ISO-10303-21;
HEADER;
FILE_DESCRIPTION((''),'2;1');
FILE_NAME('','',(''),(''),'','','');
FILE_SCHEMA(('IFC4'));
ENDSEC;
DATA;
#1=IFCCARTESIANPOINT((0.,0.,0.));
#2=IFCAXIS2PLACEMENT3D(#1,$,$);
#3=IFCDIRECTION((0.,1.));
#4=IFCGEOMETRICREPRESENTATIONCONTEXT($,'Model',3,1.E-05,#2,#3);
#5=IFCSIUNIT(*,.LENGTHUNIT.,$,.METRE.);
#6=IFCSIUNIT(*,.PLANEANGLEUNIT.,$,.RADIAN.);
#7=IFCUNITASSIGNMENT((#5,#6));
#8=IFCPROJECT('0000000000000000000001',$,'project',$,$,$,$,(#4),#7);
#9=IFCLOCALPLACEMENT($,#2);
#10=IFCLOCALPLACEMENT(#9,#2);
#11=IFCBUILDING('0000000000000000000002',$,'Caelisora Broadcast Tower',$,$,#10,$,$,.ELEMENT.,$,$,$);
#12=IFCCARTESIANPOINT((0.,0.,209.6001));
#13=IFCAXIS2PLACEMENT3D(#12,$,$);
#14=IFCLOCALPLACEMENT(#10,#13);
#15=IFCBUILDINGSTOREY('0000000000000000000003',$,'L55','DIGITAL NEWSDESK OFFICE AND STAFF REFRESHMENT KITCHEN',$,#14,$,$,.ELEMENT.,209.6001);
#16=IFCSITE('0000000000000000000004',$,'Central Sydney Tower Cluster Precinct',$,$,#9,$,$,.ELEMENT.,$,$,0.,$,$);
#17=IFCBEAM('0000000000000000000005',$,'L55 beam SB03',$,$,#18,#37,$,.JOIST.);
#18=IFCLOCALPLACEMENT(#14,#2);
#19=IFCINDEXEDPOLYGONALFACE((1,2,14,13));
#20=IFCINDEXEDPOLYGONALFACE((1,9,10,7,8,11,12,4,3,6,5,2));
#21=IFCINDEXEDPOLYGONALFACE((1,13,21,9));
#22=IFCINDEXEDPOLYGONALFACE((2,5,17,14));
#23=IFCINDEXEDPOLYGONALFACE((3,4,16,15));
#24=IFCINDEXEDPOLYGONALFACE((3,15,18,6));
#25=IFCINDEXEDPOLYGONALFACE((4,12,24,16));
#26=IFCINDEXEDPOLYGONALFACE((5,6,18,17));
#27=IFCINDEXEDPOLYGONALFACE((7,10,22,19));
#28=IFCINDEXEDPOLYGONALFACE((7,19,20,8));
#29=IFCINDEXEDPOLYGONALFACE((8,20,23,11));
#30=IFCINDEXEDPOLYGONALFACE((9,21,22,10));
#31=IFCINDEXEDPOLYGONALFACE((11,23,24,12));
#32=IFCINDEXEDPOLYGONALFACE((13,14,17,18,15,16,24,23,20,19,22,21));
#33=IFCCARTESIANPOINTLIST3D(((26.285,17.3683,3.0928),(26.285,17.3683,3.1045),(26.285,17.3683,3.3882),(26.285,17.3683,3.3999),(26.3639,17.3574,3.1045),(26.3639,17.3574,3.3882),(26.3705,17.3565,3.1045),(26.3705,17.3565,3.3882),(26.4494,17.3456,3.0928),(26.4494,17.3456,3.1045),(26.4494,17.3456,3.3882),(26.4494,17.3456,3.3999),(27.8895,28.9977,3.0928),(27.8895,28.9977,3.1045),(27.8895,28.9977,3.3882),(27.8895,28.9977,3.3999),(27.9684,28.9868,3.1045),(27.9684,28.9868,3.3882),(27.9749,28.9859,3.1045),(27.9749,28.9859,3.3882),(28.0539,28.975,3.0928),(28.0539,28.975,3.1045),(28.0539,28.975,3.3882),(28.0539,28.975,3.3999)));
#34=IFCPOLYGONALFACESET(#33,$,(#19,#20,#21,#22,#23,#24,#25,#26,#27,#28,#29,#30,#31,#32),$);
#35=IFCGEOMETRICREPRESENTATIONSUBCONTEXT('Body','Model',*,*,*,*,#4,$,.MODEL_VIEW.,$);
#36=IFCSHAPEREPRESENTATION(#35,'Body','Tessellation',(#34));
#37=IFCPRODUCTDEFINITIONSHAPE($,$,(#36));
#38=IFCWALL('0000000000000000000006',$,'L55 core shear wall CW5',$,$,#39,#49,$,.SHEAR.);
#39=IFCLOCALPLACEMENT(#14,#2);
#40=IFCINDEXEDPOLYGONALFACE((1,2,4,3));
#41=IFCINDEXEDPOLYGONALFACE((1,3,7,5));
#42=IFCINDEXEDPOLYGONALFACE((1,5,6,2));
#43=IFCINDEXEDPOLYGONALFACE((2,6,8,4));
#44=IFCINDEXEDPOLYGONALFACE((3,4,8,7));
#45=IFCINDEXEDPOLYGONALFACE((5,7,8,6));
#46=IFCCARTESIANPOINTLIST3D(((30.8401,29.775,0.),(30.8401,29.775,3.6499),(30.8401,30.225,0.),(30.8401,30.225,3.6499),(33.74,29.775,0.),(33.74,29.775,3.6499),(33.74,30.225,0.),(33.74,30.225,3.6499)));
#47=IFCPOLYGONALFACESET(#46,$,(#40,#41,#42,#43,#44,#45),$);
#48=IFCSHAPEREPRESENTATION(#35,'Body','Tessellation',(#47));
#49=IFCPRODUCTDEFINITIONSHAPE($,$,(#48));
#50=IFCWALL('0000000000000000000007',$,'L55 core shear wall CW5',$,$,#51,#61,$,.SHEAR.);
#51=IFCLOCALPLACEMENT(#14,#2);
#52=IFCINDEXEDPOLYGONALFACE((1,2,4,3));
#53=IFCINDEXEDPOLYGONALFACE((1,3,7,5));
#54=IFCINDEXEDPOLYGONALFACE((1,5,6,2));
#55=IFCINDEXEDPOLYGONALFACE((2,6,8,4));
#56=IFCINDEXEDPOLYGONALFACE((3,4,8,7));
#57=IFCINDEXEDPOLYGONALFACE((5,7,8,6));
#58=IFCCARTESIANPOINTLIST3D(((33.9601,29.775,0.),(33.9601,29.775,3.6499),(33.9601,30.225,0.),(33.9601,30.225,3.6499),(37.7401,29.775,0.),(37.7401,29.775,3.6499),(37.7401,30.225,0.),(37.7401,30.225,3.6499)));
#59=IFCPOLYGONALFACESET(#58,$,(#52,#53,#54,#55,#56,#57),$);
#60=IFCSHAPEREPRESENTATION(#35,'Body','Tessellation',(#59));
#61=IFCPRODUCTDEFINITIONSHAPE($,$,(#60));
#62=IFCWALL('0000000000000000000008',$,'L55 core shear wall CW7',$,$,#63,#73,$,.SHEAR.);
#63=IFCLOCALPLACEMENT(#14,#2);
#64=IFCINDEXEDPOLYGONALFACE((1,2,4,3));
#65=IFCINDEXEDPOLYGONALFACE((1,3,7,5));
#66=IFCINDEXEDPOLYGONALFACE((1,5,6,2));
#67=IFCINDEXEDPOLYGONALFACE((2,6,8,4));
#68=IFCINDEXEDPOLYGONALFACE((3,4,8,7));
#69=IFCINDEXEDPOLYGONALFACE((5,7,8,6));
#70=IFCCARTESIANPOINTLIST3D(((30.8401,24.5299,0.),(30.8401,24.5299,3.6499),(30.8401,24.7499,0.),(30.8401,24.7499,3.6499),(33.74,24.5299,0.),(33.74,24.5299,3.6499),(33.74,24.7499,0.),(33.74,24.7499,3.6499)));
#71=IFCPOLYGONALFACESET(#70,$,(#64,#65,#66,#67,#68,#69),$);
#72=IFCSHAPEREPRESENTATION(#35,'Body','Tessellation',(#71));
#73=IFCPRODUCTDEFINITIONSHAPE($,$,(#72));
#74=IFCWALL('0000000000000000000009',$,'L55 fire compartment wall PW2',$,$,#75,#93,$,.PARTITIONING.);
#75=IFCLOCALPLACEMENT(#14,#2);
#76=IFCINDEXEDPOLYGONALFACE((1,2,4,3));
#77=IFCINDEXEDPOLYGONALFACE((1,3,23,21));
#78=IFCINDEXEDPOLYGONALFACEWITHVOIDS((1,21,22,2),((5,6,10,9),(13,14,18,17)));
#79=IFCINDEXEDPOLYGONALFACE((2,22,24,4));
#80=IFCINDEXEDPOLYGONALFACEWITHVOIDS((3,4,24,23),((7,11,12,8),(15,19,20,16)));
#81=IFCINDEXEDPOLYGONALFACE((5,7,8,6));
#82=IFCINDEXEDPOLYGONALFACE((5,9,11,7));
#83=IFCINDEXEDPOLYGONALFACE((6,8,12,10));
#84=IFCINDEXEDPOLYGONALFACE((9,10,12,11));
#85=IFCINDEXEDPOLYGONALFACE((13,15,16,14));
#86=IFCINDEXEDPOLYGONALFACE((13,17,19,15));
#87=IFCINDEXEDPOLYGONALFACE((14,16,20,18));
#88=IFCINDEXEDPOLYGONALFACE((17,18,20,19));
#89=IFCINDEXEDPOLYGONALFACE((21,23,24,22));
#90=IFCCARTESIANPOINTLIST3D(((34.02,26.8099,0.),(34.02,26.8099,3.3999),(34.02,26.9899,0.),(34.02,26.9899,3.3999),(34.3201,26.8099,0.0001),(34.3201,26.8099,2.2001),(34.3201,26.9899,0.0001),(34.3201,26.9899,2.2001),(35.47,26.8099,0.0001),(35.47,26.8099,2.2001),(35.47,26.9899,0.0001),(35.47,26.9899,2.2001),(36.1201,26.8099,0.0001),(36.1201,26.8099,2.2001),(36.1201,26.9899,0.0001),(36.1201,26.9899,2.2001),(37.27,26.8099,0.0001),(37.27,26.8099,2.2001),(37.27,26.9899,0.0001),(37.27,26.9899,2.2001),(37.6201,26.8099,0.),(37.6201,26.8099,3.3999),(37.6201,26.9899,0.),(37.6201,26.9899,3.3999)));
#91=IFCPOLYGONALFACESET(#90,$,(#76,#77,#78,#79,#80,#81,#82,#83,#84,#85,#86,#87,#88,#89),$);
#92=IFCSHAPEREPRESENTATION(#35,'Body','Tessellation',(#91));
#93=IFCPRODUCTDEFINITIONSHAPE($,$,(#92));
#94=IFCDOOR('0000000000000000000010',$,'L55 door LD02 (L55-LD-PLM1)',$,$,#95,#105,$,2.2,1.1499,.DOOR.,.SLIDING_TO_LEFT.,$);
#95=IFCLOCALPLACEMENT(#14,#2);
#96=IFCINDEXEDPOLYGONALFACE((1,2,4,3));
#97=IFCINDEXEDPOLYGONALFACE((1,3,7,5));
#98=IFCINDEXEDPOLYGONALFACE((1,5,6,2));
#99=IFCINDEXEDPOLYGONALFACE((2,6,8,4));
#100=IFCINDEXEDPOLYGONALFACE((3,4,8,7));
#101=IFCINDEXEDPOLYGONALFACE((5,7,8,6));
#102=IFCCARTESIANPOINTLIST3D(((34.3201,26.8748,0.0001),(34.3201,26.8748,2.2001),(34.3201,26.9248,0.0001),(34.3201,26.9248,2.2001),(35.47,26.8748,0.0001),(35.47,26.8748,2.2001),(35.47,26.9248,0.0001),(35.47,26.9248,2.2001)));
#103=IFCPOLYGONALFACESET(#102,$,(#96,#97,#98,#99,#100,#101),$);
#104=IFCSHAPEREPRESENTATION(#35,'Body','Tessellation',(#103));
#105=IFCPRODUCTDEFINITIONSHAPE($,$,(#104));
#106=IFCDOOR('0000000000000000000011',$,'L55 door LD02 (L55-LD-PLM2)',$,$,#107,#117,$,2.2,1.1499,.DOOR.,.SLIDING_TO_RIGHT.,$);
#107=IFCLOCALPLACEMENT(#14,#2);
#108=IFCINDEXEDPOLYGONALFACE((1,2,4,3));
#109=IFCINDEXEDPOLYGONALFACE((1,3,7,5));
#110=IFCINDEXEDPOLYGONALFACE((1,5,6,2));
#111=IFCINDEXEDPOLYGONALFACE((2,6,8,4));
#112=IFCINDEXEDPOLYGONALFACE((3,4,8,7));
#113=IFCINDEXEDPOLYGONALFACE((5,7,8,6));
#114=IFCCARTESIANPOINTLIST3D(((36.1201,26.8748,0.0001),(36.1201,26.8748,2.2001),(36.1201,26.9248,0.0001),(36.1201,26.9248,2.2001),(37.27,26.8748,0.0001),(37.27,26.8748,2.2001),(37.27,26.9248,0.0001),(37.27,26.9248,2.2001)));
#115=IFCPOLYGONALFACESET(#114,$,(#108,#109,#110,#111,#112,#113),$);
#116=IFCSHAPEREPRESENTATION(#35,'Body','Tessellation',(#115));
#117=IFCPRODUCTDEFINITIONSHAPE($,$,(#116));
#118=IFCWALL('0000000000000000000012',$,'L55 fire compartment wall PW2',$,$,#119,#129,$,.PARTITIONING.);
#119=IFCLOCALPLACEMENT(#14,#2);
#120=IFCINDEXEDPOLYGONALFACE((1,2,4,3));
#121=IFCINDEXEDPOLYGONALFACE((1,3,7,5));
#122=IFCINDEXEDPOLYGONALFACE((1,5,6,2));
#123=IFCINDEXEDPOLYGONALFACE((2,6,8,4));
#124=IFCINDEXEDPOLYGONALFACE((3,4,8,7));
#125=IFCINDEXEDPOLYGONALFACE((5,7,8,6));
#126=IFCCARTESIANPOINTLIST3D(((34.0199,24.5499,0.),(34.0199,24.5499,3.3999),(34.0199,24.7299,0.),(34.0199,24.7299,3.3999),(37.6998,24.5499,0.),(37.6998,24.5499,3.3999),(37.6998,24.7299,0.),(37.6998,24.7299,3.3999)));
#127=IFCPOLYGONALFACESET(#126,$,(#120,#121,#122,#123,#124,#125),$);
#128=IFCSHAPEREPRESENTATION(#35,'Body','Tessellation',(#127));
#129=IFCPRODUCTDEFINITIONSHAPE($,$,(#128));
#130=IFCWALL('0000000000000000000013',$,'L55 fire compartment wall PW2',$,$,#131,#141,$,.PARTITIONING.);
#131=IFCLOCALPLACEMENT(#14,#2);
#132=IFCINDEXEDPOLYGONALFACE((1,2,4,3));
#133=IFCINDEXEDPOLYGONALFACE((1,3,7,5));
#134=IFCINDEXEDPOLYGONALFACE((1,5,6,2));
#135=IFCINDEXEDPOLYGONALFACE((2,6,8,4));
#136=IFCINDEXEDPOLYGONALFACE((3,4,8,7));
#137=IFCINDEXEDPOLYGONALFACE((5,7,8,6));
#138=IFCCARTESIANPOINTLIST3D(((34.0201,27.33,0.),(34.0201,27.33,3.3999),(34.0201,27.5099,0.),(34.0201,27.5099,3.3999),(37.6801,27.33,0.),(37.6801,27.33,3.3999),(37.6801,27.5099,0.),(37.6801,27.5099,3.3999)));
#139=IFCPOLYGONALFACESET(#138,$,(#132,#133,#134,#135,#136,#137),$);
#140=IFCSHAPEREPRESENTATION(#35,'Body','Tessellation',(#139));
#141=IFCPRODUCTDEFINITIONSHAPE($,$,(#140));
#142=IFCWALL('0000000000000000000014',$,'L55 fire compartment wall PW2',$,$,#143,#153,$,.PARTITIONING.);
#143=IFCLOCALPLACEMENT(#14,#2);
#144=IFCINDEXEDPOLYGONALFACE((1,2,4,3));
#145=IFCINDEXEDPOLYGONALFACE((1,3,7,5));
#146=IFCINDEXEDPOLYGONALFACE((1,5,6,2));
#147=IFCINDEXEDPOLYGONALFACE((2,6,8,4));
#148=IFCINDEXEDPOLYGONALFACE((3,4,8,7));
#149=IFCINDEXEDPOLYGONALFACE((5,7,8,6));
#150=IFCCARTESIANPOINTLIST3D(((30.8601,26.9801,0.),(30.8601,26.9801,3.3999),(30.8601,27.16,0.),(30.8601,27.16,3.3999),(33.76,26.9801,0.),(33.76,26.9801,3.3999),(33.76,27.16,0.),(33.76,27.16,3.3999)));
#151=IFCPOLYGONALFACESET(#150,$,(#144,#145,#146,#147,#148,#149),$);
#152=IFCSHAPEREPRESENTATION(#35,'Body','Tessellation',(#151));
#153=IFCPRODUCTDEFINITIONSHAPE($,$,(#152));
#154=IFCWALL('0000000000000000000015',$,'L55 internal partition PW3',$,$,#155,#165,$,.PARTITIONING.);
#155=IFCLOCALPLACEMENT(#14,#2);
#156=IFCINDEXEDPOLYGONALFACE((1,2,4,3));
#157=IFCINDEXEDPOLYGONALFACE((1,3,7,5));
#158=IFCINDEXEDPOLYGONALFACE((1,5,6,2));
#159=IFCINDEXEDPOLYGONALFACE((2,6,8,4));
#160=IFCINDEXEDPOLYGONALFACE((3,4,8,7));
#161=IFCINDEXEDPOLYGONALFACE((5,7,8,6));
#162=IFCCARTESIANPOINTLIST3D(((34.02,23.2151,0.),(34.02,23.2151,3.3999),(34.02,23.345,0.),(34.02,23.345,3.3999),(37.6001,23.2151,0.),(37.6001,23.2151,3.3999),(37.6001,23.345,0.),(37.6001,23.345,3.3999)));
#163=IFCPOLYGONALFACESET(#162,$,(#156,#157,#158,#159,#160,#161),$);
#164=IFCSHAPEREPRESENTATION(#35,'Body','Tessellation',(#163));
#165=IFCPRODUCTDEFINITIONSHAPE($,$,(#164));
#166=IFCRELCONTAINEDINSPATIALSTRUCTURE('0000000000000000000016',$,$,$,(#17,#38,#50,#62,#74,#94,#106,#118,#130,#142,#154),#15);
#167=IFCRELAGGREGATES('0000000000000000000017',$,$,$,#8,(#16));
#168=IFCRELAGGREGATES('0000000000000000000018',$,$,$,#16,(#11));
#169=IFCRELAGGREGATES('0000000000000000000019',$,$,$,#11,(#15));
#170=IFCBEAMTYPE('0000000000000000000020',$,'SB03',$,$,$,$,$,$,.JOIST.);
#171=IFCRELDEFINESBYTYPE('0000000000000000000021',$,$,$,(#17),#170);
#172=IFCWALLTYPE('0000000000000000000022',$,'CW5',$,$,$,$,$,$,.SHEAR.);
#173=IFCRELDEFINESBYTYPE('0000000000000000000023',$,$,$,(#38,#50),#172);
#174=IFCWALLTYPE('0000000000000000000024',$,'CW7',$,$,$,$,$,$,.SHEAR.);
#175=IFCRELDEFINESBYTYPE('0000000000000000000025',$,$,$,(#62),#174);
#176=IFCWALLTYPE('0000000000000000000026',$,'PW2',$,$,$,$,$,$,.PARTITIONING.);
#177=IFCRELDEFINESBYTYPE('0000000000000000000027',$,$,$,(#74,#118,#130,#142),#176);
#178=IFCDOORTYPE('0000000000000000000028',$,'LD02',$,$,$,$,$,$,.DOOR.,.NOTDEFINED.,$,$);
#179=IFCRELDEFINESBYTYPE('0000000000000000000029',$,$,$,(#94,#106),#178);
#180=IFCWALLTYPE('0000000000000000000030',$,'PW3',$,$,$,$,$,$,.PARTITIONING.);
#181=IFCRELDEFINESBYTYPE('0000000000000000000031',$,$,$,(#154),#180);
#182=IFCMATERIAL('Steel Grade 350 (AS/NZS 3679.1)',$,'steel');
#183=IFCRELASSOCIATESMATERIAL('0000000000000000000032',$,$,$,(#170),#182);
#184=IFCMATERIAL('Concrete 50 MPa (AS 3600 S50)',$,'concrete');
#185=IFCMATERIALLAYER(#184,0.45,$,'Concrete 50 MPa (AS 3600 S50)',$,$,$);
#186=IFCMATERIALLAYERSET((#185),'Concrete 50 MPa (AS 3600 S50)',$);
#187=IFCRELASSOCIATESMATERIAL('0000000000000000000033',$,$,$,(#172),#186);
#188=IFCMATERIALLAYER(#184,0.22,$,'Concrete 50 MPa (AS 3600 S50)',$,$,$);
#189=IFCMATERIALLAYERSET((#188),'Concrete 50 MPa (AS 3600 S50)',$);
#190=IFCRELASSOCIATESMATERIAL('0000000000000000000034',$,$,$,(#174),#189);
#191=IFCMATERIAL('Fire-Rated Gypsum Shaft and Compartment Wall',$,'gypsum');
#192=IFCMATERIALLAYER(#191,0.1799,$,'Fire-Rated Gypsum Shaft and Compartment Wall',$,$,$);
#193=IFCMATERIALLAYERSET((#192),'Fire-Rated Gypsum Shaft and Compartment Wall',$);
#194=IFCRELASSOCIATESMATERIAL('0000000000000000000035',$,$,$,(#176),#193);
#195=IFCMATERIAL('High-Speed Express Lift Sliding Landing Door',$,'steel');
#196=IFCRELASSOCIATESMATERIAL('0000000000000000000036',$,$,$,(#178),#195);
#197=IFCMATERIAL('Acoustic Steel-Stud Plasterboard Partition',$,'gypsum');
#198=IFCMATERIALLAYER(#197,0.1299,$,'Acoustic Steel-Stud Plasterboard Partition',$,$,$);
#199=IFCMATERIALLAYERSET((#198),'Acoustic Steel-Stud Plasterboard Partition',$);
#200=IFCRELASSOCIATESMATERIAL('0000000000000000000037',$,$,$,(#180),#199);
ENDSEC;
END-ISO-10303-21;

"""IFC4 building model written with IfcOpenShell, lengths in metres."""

from ifc_helpers import new_model, si_unit, direction, frame, frame_2d, origin, origin_2d, place, context, subcontext, project, spatial, rectangle, i_section, extrude, source, transform, mapped, material, layer, layer_set, material_profile, profile_set, type_object, element, fill, save


model = new_model("IFC4")

# Units and contexts
model_context = context("Model", 3, precision=1e-05, world=origin(), true_north=direction((0.0, 1.0)))
body_context = subcontext(model_context, "Body", "Model", "MODEL_VIEW")
ifc_project = project(units=[si_unit("LENGTHUNIT", "METRE"), si_unit("PLANEANGLEUNIT", "RADIAN")], contexts=[model_context])

# Site, building, storey
site_placement = place(None, origin())
site = spatial("IfcSite", under=ifc_project, at=site_placement, Name="Central Sydney Tower Cluster Precinct", CompositionType="ELEMENT", RefElevation=0.0)
building_placement = place(site_placement, origin())
building = spatial("IfcBuilding", under=site, at=building_placement, Name="Caelisora Broadcast Tower", CompositionType="ELEMENT")
storey_placement = place(building_placement, frame((0.0, 0.0, 209.6001)))
storey = spatial("IfcBuildingStorey", under=building, at=storey_placement, Name="L55", Description="DIGITAL NEWSDESK OFFICE AND STAFF REFRESHMENT KITCHEN", CompositionType="ELEMENT", Elevation=209.6001)

# Beam
ifc_material_1 = material(Name="Steel Grade 350 (AS/NZS 3679.1)", Category="steel")
ifc_material_profile_1 = material_profile(ifc_material_1, i_section(OverallWidth=0.166, OverallDepth=0.3071, WebThickness=0.0066, FlangeThickness=0.0117, at=origin_2d()), Name="Steel Grade 350 (AS/NZS 3679.1)")
ifc_profile_set_1 = profile_set([ifc_material_profile_1], Name="Steel Grade 350 (AS/NZS 3679.1)")
beam_type_1 = type_object("IfcBeamType", Name="SB03", PredefinedType="JOIST", material=ifc_profile_set_1)
shared_shape_1 = source(origin(), body_context, "Body", "SweptSolid", [
    extrude(i_section(OverallWidth=0.166, OverallDepth=0.3071, WebThickness=0.0066, FlangeThickness=0.0117, at=origin_2d()), origin(), (0.0, 0.0, 1.0), 11.7395),
])
beam_1_placement = place(storey_placement, frame((27.9717, 28.9863, 3.2463), z_axis=(-0.136674, -0.990616, 0.0), x_axis=(0.990616, -0.136674, 0.0)))
element("IfcBeam", 1, at=beam_1_placement, inside=storey, type_object=beam_type_1, Name="L55 beam SB03", PredefinedType="JOIST", context=body_context, shape_type="MappedRepresentation", body=[
    mapped(shared_shape_1, transform((0.0, 0.0, 0.0), scale=1.0)),
])

# Walls
ifc_material_2 = material(Name="Concrete 50 MPa (AS 3600 S50)", Category="concrete")
ifc_layer_1 = layer(ifc_material_2, 0.45, Name="Concrete 50 MPa (AS 3600 S50)")
ifc_layer_set_1 = layer_set([ifc_layer_1], Name="Concrete 50 MPa (AS 3600 S50)")
wall_type_1 = type_object("IfcWallType", Name="CW5", PredefinedType="SHEAR", material=ifc_layer_set_1)
wall_1_placement = place(storey_placement, frame((30.8401, 30.0, 0.0), z_axis=(0.0, 0.0, 1.0), x_axis=(1.0, 0.0, 0.0)))
element("IfcWall", 2, at=wall_1_placement, inside=storey, type_object=wall_type_1, Name="L55 core shear wall CW5", PredefinedType="SHEAR", context=body_context, shape_type="SweptSolid", body=[
    extrude(rectangle(XDim=2.8999, YDim=0.45, at=frame_2d((1.45, 0.0))), origin(), (0.0, 0.0, 1.0), 3.6499),
])
wall_2_placement = place(storey_placement, frame((33.96, 30.0, 0.0), z_axis=(0.0, 0.0, 1.0), x_axis=(1.0, 0.0, 0.0)))
element("IfcWall", 3, at=wall_2_placement, inside=storey, type_object=wall_type_1, Name="L55 core shear wall CW5", PredefinedType="SHEAR", context=body_context, shape_type="SweptSolid", body=[
    extrude(rectangle(XDim=3.78, YDim=0.45, at=frame_2d((1.8901, 0.0))), origin(), (0.0, 0.0, 1.0), 3.6499),
])
ifc_layer_2 = layer(ifc_material_2, 0.22, Name="Concrete 50 MPa (AS 3600 S50)")
ifc_layer_set_2 = layer_set([ifc_layer_2], Name="Concrete 50 MPa (AS 3600 S50)")
wall_type_2 = type_object("IfcWallType", Name="CW7", PredefinedType="SHEAR", material=ifc_layer_set_2)
wall_3_placement = place(storey_placement, frame((30.8401, 24.6399, 0.0), z_axis=(0.0, 0.0, 1.0), x_axis=(1.0, 0.0, 0.0)))
element("IfcWall", 4, at=wall_3_placement, inside=storey, type_object=wall_type_2, Name="L55 core shear wall CW7", PredefinedType="SHEAR", context=body_context, shape_type="SweptSolid", body=[
    extrude(rectangle(XDim=2.8999, YDim=0.22, at=frame_2d((1.45, 0.0))), origin(), (0.0, 0.0, 1.0), 3.6499),
])

# Wall, openings, doors
ifc_material_3 = material(Name="Fire-Rated Gypsum Shaft and Compartment Wall", Category="gypsum")
ifc_layer_3 = layer(ifc_material_3, 0.1799, Name="Fire-Rated Gypsum Shaft and Compartment Wall")
ifc_layer_set_3 = layer_set([ifc_layer_3], Name="Fire-Rated Gypsum Shaft and Compartment Wall")
wall_type_3 = type_object("IfcWallType", Name="PW2", PredefinedType="PARTITIONING", material=ifc_layer_set_3)
wall_4_placement = place(storey_placement, frame((34.02, 26.8999, 0.0), z_axis=(0.0, 0.0, 1.0), x_axis=(1.0, 0.0, 0.0)))
wall_4 = element("IfcWall", 5, at=wall_4_placement, inside=storey, type_object=wall_type_3, Name="L55 fire compartment wall PW2", PredefinedType="PARTITIONING", context=body_context, shape_type="SweptSolid", body=[
    extrude(rectangle(XDim=3.6001, YDim=0.1799, at=frame_2d((1.8, 0.0))), origin(), (0.0, 0.0, 1.0), 3.3999),
])
opening_1_placement = place(wall_4_placement, frame((0.3, 0.0, 0.0)))
opening_1 = element("IfcOpeningElement", 6, at=opening_1_placement, cuts=wall_4, PredefinedType="OPENING", context=body_context, shape_type="SweptSolid", body=[
    extrude(rectangle(XDim=1.1499, YDim=2.2, at=frame_2d((0.575, 1.1001))), frame((0.0, 0.1021, 0.0), z_axis=(0.0, -1.0, 0.0), x_axis=(1.0, 0.0, 0.0)), (0.0, 0.0, 1.0), 0.2039),
])
opening_2_placement = place(wall_4_placement, frame((2.1001, 0.0, 0.0)))
opening_2 = element("IfcOpeningElement", 7, at=opening_2_placement, cuts=wall_4, PredefinedType="OPENING", context=body_context, shape_type="SweptSolid", body=[
    extrude(rectangle(XDim=1.1499, YDim=2.2, at=frame_2d((0.575, 1.1001))), frame((0.0, 0.1021, 0.0), z_axis=(0.0, -1.0, 0.0), x_axis=(1.0, 0.0, 0.0)), (0.0, 0.0, 1.0), 0.2039),
])
ifc_material_4 = material(Name="High-Speed Express Lift Sliding Landing Door", Category="steel")
door_type = type_object("IfcDoorType", Name="LD02", OperationType="NOTDEFINED", PredefinedType="DOOR", material=ifc_material_4)
door_1_placement = place(opening_1_placement, origin())
door_1 = element("IfcDoor", 8, at=door_1_placement, inside=storey, type_object=door_type, Name="L55 door LD02 (L55-LD-PLM1)", OperationType="SLIDING_TO_LEFT", OverallHeight=2.2, OverallWidth=1.1499, PredefinedType="DOOR", context=body_context, shape_type="SweptSolid", body=[
    extrude(rectangle(XDim=1.1499, YDim=2.2, at=frame_2d((0.575, 1.1001))), frame((0.0, 0.0249, 0.0), z_axis=(0.0, -1.0, 0.0), x_axis=(1.0, 0.0, 0.0)), (0.0, 0.0, 1.0), 0.05),
])
fill(opening_1, door_1)
door_2_placement = place(opening_2_placement, origin())
door_2 = element("IfcDoor", 9, at=door_2_placement, inside=storey, type_object=door_type, Name="L55 door LD02 (L55-LD-PLM2)", OperationType="SLIDING_TO_RIGHT", OverallHeight=2.2, OverallWidth=1.1499, PredefinedType="DOOR", context=body_context, shape_type="SweptSolid", body=[
    extrude(rectangle(XDim=1.1499, YDim=2.2, at=frame_2d((0.575, 1.1001))), frame((0.0, 0.0249, 0.0), z_axis=(0.0, -1.0, 0.0), x_axis=(1.0, 0.0, 0.0)), (0.0, 0.0, 1.0), 0.05),
])
fill(opening_2, door_2)

# Walls
wall_5_placement = place(storey_placement, frame((34.02, 24.6399, 0.0), z_axis=(0.0, 0.0, 1.0), x_axis=(1.0, 0.0, 0.0)))
element("IfcWall", 10, at=wall_5_placement, inside=storey, type_object=wall_type_3, Name="L55 fire compartment wall PW2", PredefinedType="PARTITIONING", context=body_context, shape_type="SweptSolid", body=[
    extrude(rectangle(XDim=3.6799, YDim=0.1799, at=frame_2d((1.8398, 0.0))), origin(), (0.0, 0.0, 1.0), 3.3999),
])
wall_6_placement = place(storey_placement, frame((34.02, 27.4199, 0.0), z_axis=(0.0, 0.0, 1.0), x_axis=(1.0, 0.0, 0.0)))
element("IfcWall", 11, at=wall_6_placement, inside=storey, type_object=wall_type_3, Name="L55 fire compartment wall PW2", PredefinedType="PARTITIONING", context=body_context, shape_type="SweptSolid", body=[
    extrude(rectangle(XDim=3.6599, YDim=0.1799, at=frame_2d((1.8301, 0.0))), origin(), (0.0, 0.0, 1.0), 3.3999),
])
wall_7_placement = place(storey_placement, frame((30.8601, 27.0701, 0.0), z_axis=(0.0, 0.0, 1.0), x_axis=(1.0, 0.0, 0.0)))
element("IfcWall", 12, at=wall_7_placement, inside=storey, type_object=wall_type_3, Name="L55 fire compartment wall PW2", PredefinedType="PARTITIONING", context=body_context, shape_type="SweptSolid", body=[
    extrude(rectangle(XDim=2.8999, YDim=0.1799, at=frame_2d((1.45, 0.0))), origin(), (0.0, 0.0, 1.0), 3.3999),
])
ifc_material_5 = material(Name="Acoustic Steel-Stud Plasterboard Partition", Category="gypsum")
ifc_layer_4 = layer(ifc_material_5, 0.1299, Name="Acoustic Steel-Stud Plasterboard Partition")
ifc_layer_set_4 = layer_set([ifc_layer_4], Name="Acoustic Steel-Stud Plasterboard Partition")
wall_type_4 = type_object("IfcWallType", Name="PW3", PredefinedType="PARTITIONING", material=ifc_layer_set_4)
wall_8_placement = place(storey_placement, frame((34.02, 23.28, 0.0), z_axis=(0.0, 0.0, 1.0), x_axis=(1.0, 0.0, 0.0)))
element("IfcWall", 13, at=wall_8_placement, inside=storey, type_object=wall_type_4, Name="L55 internal partition PW3", PredefinedType="PARTITIONING", context=body_context, shape_type="SweptSolid", body=[
    extrude(rectangle(XDim=3.5801, YDim=0.1299, at=frame_2d((1.79, 0.0))), origin(), (0.0, 0.0, 1.0), 3.3999),
])

save(model, "model.ifc")
